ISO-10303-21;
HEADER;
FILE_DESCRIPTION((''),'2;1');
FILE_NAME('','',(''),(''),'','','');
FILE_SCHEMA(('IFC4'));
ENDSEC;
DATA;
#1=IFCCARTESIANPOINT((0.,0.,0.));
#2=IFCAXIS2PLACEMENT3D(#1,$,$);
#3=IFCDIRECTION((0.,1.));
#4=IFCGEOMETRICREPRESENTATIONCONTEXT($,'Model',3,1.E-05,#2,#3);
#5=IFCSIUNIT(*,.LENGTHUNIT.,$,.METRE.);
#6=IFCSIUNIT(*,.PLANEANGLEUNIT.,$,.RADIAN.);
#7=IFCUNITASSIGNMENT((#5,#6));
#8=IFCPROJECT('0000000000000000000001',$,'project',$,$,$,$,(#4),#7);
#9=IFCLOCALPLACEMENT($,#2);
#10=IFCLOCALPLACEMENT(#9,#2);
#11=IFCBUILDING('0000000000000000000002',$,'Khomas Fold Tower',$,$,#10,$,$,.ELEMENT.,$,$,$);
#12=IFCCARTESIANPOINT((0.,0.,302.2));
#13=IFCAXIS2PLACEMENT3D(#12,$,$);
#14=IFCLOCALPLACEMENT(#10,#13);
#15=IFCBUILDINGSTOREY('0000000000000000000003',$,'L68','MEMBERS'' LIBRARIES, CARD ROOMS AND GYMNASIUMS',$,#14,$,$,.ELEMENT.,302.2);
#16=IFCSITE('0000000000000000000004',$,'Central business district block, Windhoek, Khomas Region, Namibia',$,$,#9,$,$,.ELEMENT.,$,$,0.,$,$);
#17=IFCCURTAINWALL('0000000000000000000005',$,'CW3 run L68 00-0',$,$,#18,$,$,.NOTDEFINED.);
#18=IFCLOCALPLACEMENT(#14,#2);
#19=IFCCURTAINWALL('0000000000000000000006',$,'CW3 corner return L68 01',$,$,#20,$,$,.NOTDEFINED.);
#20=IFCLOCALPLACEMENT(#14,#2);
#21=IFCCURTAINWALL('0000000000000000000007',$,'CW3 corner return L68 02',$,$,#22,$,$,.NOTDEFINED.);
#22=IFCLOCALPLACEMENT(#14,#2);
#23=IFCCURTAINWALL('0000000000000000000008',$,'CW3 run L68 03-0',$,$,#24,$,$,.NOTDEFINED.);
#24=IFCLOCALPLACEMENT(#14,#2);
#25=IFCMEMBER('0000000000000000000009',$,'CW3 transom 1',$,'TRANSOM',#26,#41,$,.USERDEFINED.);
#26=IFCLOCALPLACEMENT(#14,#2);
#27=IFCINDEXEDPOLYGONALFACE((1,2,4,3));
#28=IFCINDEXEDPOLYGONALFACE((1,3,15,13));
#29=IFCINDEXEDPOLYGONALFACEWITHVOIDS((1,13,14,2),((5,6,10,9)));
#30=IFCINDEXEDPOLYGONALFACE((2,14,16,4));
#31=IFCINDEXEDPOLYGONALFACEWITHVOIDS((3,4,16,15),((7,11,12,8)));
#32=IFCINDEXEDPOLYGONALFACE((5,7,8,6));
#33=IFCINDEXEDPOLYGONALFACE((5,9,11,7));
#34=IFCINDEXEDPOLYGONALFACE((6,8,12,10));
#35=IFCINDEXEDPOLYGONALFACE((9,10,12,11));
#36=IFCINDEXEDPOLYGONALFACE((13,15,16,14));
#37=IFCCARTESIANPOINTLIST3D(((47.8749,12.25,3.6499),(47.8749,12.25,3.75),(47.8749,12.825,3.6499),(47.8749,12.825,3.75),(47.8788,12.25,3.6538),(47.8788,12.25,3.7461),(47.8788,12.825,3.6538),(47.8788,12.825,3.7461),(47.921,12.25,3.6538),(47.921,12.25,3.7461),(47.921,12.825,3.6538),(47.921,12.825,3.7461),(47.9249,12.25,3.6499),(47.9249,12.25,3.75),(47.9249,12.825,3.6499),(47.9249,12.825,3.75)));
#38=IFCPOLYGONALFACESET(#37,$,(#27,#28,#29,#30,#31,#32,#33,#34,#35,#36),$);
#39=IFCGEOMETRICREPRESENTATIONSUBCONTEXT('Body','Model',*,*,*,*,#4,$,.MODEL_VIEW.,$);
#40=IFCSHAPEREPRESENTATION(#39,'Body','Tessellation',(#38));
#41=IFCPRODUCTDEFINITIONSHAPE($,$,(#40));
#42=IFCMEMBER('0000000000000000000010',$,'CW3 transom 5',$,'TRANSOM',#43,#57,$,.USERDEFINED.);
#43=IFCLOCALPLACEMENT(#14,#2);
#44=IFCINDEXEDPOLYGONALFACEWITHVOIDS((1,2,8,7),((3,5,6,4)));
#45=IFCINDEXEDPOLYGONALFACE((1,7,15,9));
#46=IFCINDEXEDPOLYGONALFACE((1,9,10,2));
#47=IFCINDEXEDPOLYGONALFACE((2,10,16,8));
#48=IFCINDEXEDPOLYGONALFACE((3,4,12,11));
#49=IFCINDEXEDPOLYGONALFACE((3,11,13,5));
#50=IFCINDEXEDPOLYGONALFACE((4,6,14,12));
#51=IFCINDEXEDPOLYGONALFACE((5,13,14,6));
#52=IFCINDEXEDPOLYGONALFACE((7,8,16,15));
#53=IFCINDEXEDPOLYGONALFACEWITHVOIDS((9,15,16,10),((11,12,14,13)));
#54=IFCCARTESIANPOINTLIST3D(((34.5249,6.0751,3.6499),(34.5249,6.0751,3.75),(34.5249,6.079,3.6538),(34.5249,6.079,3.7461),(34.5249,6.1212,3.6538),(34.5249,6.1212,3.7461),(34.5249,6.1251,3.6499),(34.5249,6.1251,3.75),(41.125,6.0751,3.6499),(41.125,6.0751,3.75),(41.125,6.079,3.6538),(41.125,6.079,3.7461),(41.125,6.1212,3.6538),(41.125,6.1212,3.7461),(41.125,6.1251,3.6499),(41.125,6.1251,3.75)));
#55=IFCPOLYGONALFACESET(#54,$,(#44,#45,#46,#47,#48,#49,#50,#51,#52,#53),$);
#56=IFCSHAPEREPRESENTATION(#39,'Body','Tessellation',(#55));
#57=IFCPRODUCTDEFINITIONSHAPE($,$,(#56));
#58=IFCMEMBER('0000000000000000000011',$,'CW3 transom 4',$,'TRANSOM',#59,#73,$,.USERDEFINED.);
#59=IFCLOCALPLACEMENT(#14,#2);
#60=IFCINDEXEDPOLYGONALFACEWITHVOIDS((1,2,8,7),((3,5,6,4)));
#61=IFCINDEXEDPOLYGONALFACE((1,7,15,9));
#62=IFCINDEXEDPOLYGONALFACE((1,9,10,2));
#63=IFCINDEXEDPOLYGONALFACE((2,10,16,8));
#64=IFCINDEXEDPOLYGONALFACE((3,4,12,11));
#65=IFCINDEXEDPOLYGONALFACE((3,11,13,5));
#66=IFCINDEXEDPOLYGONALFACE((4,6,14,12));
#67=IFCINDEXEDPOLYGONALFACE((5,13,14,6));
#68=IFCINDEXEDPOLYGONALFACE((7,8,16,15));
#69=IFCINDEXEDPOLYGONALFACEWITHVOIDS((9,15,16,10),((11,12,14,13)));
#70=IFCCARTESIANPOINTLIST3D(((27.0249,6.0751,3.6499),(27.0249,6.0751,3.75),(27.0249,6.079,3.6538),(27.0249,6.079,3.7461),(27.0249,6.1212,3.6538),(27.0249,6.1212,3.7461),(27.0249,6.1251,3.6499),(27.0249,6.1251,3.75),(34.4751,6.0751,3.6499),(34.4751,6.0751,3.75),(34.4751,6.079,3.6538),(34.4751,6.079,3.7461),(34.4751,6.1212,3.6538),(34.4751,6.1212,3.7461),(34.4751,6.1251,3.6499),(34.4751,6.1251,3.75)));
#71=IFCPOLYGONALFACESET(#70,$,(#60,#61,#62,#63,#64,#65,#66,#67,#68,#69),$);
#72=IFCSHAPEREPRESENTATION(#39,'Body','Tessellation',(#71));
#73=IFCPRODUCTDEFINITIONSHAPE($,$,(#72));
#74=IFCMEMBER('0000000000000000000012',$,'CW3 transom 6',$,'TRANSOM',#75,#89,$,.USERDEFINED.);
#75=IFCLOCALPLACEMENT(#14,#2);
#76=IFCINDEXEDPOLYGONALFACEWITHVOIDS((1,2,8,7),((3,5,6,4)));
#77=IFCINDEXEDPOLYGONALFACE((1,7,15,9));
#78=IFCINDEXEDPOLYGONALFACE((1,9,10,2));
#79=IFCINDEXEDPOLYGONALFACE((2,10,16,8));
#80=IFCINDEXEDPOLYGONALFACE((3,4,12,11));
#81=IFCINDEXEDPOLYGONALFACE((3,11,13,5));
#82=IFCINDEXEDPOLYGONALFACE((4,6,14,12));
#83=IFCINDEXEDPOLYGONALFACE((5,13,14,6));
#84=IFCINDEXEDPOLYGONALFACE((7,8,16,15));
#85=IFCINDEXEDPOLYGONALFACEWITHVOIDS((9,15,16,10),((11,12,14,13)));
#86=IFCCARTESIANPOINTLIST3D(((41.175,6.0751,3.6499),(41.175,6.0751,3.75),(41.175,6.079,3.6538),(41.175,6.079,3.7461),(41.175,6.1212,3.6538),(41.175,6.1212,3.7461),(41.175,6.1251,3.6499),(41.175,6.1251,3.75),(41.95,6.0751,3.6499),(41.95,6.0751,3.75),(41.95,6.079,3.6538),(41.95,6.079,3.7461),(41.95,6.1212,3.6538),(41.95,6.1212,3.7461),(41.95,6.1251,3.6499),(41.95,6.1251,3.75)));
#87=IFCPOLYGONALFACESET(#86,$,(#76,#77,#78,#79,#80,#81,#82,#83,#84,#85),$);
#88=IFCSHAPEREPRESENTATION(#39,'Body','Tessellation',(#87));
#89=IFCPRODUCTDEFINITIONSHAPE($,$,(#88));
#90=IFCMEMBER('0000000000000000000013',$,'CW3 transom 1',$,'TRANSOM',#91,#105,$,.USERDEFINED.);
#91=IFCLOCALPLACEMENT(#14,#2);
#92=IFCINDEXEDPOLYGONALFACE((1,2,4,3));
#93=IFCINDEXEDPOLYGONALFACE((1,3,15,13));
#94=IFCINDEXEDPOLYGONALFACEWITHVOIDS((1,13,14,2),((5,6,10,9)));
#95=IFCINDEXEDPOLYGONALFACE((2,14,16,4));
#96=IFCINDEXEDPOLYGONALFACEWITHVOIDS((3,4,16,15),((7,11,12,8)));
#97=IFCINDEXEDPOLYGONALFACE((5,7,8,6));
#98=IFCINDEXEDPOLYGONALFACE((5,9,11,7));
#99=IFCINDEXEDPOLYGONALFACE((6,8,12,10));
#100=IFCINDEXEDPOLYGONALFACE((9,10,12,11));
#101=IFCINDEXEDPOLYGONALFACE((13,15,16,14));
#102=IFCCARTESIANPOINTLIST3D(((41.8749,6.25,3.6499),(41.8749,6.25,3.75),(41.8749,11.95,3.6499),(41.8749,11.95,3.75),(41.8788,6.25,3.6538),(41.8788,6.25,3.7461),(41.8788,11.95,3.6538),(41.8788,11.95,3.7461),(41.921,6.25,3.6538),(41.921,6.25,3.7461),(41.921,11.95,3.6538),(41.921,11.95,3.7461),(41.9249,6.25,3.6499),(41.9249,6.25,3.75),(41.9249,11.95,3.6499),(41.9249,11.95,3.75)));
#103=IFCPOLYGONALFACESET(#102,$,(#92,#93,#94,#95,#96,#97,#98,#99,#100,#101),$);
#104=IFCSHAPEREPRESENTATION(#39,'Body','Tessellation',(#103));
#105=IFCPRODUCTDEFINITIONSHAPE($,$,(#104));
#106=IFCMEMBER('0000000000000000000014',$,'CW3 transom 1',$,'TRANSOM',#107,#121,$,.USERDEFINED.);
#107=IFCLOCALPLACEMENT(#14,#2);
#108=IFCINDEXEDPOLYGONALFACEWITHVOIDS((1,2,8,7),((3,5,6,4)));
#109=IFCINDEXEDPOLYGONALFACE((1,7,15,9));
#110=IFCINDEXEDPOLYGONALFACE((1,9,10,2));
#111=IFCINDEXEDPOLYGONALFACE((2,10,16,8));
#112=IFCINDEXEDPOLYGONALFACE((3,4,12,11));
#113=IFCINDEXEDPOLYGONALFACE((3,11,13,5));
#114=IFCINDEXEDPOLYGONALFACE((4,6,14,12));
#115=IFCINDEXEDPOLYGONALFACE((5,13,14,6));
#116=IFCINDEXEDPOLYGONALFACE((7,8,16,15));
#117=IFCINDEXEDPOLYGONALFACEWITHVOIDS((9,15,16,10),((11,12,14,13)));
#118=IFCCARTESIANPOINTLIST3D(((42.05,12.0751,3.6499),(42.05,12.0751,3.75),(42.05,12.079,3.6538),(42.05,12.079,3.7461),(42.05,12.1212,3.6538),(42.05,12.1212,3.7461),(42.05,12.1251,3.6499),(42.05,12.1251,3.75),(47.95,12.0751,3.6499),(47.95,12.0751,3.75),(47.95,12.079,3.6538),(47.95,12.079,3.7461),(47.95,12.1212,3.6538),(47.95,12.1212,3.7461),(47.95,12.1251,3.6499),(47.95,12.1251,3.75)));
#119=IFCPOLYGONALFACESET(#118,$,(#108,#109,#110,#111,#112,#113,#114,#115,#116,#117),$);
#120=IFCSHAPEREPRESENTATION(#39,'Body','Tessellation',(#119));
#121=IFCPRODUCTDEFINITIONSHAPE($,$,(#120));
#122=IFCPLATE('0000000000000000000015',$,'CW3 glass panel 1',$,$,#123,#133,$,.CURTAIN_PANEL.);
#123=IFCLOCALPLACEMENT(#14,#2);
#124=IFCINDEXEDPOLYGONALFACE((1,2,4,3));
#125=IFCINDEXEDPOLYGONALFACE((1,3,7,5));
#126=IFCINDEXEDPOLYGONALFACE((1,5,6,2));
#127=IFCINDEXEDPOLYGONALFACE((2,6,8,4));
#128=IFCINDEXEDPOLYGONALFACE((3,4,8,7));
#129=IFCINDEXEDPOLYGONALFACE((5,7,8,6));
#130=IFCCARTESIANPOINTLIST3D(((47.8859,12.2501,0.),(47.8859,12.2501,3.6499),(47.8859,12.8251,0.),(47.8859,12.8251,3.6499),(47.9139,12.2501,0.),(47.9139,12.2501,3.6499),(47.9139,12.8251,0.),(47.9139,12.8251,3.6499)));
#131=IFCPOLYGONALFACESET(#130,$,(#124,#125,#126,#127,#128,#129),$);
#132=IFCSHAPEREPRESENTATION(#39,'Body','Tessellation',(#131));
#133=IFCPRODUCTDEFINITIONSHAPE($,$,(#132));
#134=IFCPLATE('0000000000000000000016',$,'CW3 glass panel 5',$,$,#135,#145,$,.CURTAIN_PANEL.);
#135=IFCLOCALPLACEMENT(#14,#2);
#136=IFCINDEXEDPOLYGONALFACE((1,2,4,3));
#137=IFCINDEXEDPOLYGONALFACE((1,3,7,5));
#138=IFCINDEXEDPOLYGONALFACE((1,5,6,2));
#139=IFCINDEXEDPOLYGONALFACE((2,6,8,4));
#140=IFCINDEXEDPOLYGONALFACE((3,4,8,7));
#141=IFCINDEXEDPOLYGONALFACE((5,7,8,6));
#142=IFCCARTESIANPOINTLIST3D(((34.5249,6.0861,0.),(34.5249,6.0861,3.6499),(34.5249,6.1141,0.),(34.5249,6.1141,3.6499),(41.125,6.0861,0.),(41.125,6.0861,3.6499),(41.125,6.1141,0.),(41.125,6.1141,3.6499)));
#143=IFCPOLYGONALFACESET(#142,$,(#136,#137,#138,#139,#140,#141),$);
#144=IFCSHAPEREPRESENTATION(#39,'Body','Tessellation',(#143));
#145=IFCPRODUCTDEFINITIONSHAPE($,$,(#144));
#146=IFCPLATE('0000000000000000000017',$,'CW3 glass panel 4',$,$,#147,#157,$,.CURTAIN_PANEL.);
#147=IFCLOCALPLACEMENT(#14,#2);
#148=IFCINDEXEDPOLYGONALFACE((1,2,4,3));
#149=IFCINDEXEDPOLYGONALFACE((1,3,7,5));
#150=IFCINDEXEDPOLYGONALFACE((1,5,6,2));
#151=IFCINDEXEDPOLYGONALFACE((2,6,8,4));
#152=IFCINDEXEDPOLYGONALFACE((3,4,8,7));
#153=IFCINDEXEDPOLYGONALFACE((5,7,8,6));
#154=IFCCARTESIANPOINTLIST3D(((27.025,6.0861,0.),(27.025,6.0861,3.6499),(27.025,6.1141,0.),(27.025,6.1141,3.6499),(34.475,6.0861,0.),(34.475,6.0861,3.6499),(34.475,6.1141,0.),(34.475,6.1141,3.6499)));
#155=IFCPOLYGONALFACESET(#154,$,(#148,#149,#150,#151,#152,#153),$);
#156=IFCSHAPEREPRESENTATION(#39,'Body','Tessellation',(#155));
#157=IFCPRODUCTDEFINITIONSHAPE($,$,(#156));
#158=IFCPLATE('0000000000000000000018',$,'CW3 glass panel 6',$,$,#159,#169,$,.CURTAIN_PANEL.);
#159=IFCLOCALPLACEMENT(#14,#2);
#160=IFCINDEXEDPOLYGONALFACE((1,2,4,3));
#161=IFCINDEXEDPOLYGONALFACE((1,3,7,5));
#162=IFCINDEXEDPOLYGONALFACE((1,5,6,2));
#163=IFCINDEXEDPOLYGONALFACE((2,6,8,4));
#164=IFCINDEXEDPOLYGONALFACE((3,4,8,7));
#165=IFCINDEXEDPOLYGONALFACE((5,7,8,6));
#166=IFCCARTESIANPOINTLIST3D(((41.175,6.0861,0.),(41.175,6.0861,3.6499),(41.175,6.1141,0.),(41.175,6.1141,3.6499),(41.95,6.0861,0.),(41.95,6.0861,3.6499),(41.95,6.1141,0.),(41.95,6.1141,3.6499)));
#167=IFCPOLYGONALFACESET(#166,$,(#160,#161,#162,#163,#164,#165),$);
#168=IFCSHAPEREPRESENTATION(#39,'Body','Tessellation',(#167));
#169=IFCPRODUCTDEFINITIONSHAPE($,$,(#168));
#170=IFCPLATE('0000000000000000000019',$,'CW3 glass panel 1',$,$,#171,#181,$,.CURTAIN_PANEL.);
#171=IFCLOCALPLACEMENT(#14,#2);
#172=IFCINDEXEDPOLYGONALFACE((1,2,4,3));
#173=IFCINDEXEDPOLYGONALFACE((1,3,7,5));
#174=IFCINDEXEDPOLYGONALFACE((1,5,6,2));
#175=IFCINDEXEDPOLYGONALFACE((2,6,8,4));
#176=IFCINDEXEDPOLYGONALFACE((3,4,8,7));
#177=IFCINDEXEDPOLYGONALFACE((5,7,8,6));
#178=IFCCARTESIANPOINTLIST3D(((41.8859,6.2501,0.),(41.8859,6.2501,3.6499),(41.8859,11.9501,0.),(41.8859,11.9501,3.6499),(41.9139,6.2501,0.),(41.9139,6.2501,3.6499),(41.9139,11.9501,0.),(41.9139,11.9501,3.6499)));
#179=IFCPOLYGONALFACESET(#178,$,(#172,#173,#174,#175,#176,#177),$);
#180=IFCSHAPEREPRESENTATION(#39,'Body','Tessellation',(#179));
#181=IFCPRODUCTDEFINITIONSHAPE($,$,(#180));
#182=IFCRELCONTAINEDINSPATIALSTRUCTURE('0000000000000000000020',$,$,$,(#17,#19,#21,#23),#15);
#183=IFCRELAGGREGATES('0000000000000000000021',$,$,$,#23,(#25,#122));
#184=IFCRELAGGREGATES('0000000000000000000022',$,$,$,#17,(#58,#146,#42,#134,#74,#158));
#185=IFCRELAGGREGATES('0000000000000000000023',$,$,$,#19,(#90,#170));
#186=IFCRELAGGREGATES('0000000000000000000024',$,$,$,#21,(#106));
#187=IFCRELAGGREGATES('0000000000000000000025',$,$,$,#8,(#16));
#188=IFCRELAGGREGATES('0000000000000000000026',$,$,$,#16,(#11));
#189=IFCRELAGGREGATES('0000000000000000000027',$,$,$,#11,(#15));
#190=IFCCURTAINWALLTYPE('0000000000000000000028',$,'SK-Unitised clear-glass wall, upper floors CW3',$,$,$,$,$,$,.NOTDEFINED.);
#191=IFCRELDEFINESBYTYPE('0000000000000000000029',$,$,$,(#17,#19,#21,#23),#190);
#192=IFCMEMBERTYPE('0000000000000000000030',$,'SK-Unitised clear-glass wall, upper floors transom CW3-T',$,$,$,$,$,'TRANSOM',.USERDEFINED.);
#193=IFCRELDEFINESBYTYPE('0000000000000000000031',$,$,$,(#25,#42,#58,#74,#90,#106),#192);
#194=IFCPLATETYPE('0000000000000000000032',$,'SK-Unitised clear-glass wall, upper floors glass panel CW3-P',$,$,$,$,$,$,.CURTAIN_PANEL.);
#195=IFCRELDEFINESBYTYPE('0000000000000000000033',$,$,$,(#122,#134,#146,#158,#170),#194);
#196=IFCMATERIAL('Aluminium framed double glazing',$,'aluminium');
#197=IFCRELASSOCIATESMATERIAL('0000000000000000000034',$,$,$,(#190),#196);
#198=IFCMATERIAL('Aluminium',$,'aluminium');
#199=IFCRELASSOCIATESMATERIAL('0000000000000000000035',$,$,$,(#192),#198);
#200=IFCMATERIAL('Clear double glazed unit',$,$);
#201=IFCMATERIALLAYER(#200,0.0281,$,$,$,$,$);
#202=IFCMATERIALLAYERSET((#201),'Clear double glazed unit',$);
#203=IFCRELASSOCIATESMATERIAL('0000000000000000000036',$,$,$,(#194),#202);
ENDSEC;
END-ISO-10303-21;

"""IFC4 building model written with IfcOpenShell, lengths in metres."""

from ifc_helpers import new_model, si_unit, direction, frame, origin, origin_2d, place, context, subcontext, project, spatial, rectangle, hollow_rectangle, extrude, source, transform, mapped, material, layer, layer_set, material_profile, profile_set, type_object, element, aggregate, save


model = new_model("IFC4")

# Units and contexts
model_context = context("Model", 3, precision=1e-05, world=origin(), true_north=direction((0.0, 1.0)))
body_context = subcontext(model_context, "Body", "Model", "MODEL_VIEW")
ifc_project = project(units=[si_unit("LENGTHUNIT", "METRE"), si_unit("PLANEANGLEUNIT", "RADIAN")], contexts=[model_context])

# Site, building, storey
site_placement = place(None, origin())
site = spatial("IfcSite", under=ifc_project, at=site_placement, Name="Central business district block, Windhoek, Khomas Region, Namibia", CompositionType="ELEMENT", RefElevation=0.0)
building_placement = place(site_placement, origin())
building = spatial("IfcBuilding", under=site, at=building_placement, Name="Khomas Fold Tower", CompositionType="ELEMENT")
storey_placement = place(building_placement, frame((0.0, 0.0, 302.2)))
storey = spatial("IfcBuildingStorey", under=building, at=storey_placement, Name="L68", Description="MEMBERS' LIBRARIES, CARD ROOMS AND GYMNASIUMS", CompositionType="ELEMENT", Elevation=302.2)

# Curtain walls, member
ifc_material_1 = material(Name="Aluminium framed double glazing", Category="aluminium")
curtain_wall_type = type_object("IfcCurtainWallType", Name="SK-Unitised clear-glass wall, upper floors CW3", PredefinedType="NOTDEFINED", material=ifc_material_1)
curtain_wall_1_placement = place(storey_placement, origin())
curtain_wall_1 = element("IfcCurtainWall", 1, at=curtain_wall_1_placement, inside=storey, type_object=curtain_wall_type, Name="CW3 run L68 00-0", PredefinedType="NOTDEFINED")
curtain_wall_2_placement = place(storey_placement, origin())
curtain_wall_2 = element("IfcCurtainWall", 2, at=curtain_wall_2_placement, inside=storey, type_object=curtain_wall_type, Name="CW3 corner return L68 01", PredefinedType="NOTDEFINED")
curtain_wall_3_placement = place(storey_placement, origin())
curtain_wall_3 = element("IfcCurtainWall", 3, at=curtain_wall_3_placement, inside=storey, type_object=curtain_wall_type, Name="CW3 corner return L68 02", PredefinedType="NOTDEFINED")
curtain_wall_4_placement = place(storey_placement, origin())
curtain_wall_4 = element("IfcCurtainWall", 4, at=curtain_wall_4_placement, inside=storey, type_object=curtain_wall_type, Name="CW3 run L68 03-0", PredefinedType="NOTDEFINED")
ifc_material_2 = material(Name="Aluminium", Category="aluminium")
ifc_material_profile_1 = material_profile(ifc_material_2, hollow_rectangle(XDim=0.05, YDim=0.1001, WallThickness=0.0039, at=origin_2d()), Name="SK-Unitised clear-glass wall, upper floors transom CW3-T")
ifc_profile_set_1 = profile_set([ifc_material_profile_1], Name="Aluminium")
member_type_1 = type_object("IfcMemberType", Name="SK-Unitised clear-glass wall, upper floors transom CW3-T", ElementType="TRANSOM", PredefinedType="USERDEFINED", material=ifc_profile_set_1)
shared_shape_1 = source(origin(), body_context, "Body", "SweptSolid", [
    extrude(hollow_rectangle(XDim=0.05, YDim=0.1001, WallThickness=0.0039, at=origin_2d()), origin(), (0.0, 0.0, 1.0), 0.575),
])
member_1_placement = place(storey_placement, frame((47.8999, 12.25, 3.7), z_axis=(0.0, 1.0, 0.0), x_axis=(-1.0, 0.0, 0.0)))
member_1 = element("IfcMember", 5, at=member_1_placement, type_object=member_type_1, Name="CW3 transom 1", ObjectType="TRANSOM", PredefinedType="USERDEFINED", context=body_context, shape_type="MappedRepresentation", body=[
    mapped(shared_shape_1, transform((0.0, 0.0, 0.0))),
])

# Members
shared_shape_2 = source(origin(), body_context, "Body", "SweptSolid", [
    extrude(hollow_rectangle(XDim=0.05, YDim=0.1001, WallThickness=0.0039, at=origin_2d()), origin(), (0.0, 0.0, 1.0), 6.6001),
])
member_2_placement = place(storey_placement, frame((34.5249, 6.1001, 3.7), z_axis=(1.0, 0.0, 0.0), x_axis=(0.0, 1.0, 0.0)))
member_2 = element("IfcMember", 6, at=member_2_placement, type_object=member_type_1, Name="CW3 transom 5", ObjectType="TRANSOM", PredefinedType="USERDEFINED", context=body_context, shape_type="MappedRepresentation", body=[
    mapped(shared_shape_2, transform((0.0, 0.0, 0.0))),
])
shared_shape_3 = source(origin(), body_context, "Body", "SweptSolid", [
    extrude(hollow_rectangle(XDim=0.05, YDim=0.1001, WallThickness=0.0039, at=origin_2d()), origin(), (0.0, 0.0, 1.0), 7.4502),
])
member_3_placement = place(storey_placement, frame((27.0249, 6.1001, 3.7), z_axis=(1.0, 0.0, 0.0), x_axis=(0.0, 1.0, 0.0)))
member_3 = element("IfcMember", 7, at=member_3_placement, type_object=member_type_1, Name="CW3 transom 4", ObjectType="TRANSOM", PredefinedType="USERDEFINED", context=body_context, shape_type="MappedRepresentation", body=[
    mapped(shared_shape_3, transform((0.0, 0.0, 0.0))),
])
shared_shape_4 = source(origin(), body_context, "Body", "SweptSolid", [
    extrude(hollow_rectangle(XDim=0.05, YDim=0.1001, WallThickness=0.0039, at=origin_2d()), origin(), (0.0, 0.0, 1.0), 0.7749),
])
member_4_placement = place(storey_placement, frame((41.175, 6.1001, 3.7), z_axis=(1.0, 0.0, 0.0), x_axis=(0.0, 1.0, 0.0)))
member_4 = element("IfcMember", 8, at=member_4_placement, type_object=member_type_1, Name="CW3 transom 6", ObjectType="TRANSOM", PredefinedType="USERDEFINED", context=body_context, shape_type="MappedRepresentation", body=[
    mapped(shared_shape_4, transform((0.0, 0.0, 0.0))),
])
shared_shape_5 = source(origin(), body_context, "Body", "SweptSolid", [
    extrude(hollow_rectangle(XDim=0.05, YDim=0.1001, WallThickness=0.0039, at=origin_2d()), origin(), (0.0, 0.0, 1.0), 5.7),
])
member_5_placement = place(storey_placement, frame((41.8999, 6.25, 3.7), z_axis=(0.0, 1.0, 0.0), x_axis=(-1.0, 0.0, 0.0)))
member_5 = element("IfcMember", 9, at=member_5_placement, type_object=member_type_1, Name="CW3 transom 1", ObjectType="TRANSOM", PredefinedType="USERDEFINED", context=body_context, shape_type="MappedRepresentation", body=[
    mapped(shared_shape_5, transform((0.0, 0.0, 0.0))),
])
shared_shape_6 = source(origin(), body_context, "Body", "SweptSolid", [
    extrude(hollow_rectangle(XDim=0.05, YDim=0.1001, WallThickness=0.0039, at=origin_2d()), origin(), (0.0, 0.0, 1.0), 5.8999),
])
member_6_placement = place(storey_placement, frame((42.05, 12.1001, 3.7), z_axis=(1.0, 0.0, 0.0), x_axis=(0.0, 1.0, 0.0)))
member_6 = element("IfcMember", 10, at=member_6_placement, type_object=member_type_1, Name="CW3 transom 1", ObjectType="TRANSOM", PredefinedType="USERDEFINED", context=body_context, shape_type="MappedRepresentation", body=[
    mapped(shared_shape_6, transform((0.0, 0.0, 0.0))),
])

# Plates
ifc_material_3 = material(Name="Clear double glazed unit")
ifc_layer_1 = layer(ifc_material_3, 0.0281)
ifc_layer_set_1 = layer_set([ifc_layer_1], Name="Clear double glazed unit")
plate_type = type_object("IfcPlateType", Name="SK-Unitised clear-glass wall, upper floors glass panel CW3-P", PredefinedType="CURTAIN_PANEL", material=ifc_layer_set_1)
shared_shape_7 = source(origin(), body_context, "Body", "SweptSolid", [
    extrude(rectangle(XDim=0.575, YDim=0.0281, at=origin_2d()), origin(), (0.0, 0.0, 1.0), 3.6499),
])
plate_1_placement = place(storey_placement, frame((47.8999, 12.5376, 0.0), z_axis=(0.0, 0.0, 1.0), x_axis=(0.0, 1.0, 0.0)))
plate_1 = element("IfcPlate", 11, at=plate_1_placement, type_object=plate_type, Name="CW3 glass panel 1", PredefinedType="CURTAIN_PANEL", context=body_context, shape_type="MappedRepresentation", body=[
    mapped(shared_shape_7, transform((0.0, 0.0, 0.0))),
])
aggregate(curtain_wall_4, [member_1, plate_1])
shared_shape_8 = source(origin(), body_context, "Body", "SweptSolid", [
    extrude(rectangle(XDim=6.6001, YDim=0.0281, at=origin_2d()), origin(), (0.0, 0.0, 1.0), 3.6499),
])
plate_2_placement = place(storey_placement, frame((37.825, 6.1001, 0.0), z_axis=(0.0, 0.0, 1.0), x_axis=(1.0, 0.0, 0.0)))
plate_2 = element("IfcPlate", 12, at=plate_2_placement, type_object=plate_type, Name="CW3 glass panel 5", PredefinedType="CURTAIN_PANEL", context=body_context, shape_type="MappedRepresentation", body=[
    mapped(shared_shape_8, transform((0.0, 0.0, 0.0))),
])
shared_shape_9 = source(origin(), body_context, "Body", "SweptSolid", [
    extrude(rectangle(XDim=7.45, YDim=0.0281, at=origin_2d()), origin(), (0.0, 0.0, 1.0), 3.6499),
])
plate_3_placement = place(storey_placement, frame((30.75, 6.1001, 0.0), z_axis=(0.0, 0.0, 1.0), x_axis=(1.0, 0.0, 0.0)))
plate_3 = element("IfcPlate", 13, at=plate_3_placement, type_object=plate_type, Name="CW3 glass panel 4", PredefinedType="CURTAIN_PANEL", context=body_context, shape_type="MappedRepresentation", body=[
    mapped(shared_shape_9, transform((0.0, 0.0, 0.0))),
])
shared_shape_10 = source(origin(), body_context, "Body", "SweptSolid", [
    extrude(rectangle(XDim=0.7749, YDim=0.0281, at=origin_2d()), origin(), (0.0, 0.0, 1.0), 3.6499),
])
plate_4_placement = place(storey_placement, frame((41.5625, 6.1001, 0.0), z_axis=(0.0, 0.0, 1.0), x_axis=(1.0, 0.0, 0.0)))
plate_4 = element("IfcPlate", 14, at=plate_4_placement, type_object=plate_type, Name="CW3 glass panel 6", PredefinedType="CURTAIN_PANEL", context=body_context, shape_type="MappedRepresentation", body=[
    mapped(shared_shape_10, transform((0.0, 0.0, 0.0))),
])
aggregate(curtain_wall_1, [member_3, plate_3, member_2, plate_2, member_4, plate_4])
shared_shape_11 = source(origin(), body_context, "Body", "SweptSolid", [
    extrude(rectangle(XDim=5.7, YDim=0.0281, at=origin_2d()), origin(), (0.0, 0.0, 1.0), 3.6499),
])
plate_5_placement = place(storey_placement, frame((41.8999, 9.1001, 0.0), z_axis=(0.0, 0.0, 1.0), x_axis=(0.0, 1.0, 0.0)))
plate_5 = element("IfcPlate", 15, at=plate_5_placement, type_object=plate_type, Name="CW3 glass panel 1", PredefinedType="CURTAIN_PANEL", context=body_context, shape_type="MappedRepresentation", body=[
    mapped(shared_shape_11, transform((0.0, 0.0, 0.0))),
])
aggregate(curtain_wall_2, [member_5, plate_5])
aggregate(curtain_wall_3, [member_6])

save(model, "model.ifc")
